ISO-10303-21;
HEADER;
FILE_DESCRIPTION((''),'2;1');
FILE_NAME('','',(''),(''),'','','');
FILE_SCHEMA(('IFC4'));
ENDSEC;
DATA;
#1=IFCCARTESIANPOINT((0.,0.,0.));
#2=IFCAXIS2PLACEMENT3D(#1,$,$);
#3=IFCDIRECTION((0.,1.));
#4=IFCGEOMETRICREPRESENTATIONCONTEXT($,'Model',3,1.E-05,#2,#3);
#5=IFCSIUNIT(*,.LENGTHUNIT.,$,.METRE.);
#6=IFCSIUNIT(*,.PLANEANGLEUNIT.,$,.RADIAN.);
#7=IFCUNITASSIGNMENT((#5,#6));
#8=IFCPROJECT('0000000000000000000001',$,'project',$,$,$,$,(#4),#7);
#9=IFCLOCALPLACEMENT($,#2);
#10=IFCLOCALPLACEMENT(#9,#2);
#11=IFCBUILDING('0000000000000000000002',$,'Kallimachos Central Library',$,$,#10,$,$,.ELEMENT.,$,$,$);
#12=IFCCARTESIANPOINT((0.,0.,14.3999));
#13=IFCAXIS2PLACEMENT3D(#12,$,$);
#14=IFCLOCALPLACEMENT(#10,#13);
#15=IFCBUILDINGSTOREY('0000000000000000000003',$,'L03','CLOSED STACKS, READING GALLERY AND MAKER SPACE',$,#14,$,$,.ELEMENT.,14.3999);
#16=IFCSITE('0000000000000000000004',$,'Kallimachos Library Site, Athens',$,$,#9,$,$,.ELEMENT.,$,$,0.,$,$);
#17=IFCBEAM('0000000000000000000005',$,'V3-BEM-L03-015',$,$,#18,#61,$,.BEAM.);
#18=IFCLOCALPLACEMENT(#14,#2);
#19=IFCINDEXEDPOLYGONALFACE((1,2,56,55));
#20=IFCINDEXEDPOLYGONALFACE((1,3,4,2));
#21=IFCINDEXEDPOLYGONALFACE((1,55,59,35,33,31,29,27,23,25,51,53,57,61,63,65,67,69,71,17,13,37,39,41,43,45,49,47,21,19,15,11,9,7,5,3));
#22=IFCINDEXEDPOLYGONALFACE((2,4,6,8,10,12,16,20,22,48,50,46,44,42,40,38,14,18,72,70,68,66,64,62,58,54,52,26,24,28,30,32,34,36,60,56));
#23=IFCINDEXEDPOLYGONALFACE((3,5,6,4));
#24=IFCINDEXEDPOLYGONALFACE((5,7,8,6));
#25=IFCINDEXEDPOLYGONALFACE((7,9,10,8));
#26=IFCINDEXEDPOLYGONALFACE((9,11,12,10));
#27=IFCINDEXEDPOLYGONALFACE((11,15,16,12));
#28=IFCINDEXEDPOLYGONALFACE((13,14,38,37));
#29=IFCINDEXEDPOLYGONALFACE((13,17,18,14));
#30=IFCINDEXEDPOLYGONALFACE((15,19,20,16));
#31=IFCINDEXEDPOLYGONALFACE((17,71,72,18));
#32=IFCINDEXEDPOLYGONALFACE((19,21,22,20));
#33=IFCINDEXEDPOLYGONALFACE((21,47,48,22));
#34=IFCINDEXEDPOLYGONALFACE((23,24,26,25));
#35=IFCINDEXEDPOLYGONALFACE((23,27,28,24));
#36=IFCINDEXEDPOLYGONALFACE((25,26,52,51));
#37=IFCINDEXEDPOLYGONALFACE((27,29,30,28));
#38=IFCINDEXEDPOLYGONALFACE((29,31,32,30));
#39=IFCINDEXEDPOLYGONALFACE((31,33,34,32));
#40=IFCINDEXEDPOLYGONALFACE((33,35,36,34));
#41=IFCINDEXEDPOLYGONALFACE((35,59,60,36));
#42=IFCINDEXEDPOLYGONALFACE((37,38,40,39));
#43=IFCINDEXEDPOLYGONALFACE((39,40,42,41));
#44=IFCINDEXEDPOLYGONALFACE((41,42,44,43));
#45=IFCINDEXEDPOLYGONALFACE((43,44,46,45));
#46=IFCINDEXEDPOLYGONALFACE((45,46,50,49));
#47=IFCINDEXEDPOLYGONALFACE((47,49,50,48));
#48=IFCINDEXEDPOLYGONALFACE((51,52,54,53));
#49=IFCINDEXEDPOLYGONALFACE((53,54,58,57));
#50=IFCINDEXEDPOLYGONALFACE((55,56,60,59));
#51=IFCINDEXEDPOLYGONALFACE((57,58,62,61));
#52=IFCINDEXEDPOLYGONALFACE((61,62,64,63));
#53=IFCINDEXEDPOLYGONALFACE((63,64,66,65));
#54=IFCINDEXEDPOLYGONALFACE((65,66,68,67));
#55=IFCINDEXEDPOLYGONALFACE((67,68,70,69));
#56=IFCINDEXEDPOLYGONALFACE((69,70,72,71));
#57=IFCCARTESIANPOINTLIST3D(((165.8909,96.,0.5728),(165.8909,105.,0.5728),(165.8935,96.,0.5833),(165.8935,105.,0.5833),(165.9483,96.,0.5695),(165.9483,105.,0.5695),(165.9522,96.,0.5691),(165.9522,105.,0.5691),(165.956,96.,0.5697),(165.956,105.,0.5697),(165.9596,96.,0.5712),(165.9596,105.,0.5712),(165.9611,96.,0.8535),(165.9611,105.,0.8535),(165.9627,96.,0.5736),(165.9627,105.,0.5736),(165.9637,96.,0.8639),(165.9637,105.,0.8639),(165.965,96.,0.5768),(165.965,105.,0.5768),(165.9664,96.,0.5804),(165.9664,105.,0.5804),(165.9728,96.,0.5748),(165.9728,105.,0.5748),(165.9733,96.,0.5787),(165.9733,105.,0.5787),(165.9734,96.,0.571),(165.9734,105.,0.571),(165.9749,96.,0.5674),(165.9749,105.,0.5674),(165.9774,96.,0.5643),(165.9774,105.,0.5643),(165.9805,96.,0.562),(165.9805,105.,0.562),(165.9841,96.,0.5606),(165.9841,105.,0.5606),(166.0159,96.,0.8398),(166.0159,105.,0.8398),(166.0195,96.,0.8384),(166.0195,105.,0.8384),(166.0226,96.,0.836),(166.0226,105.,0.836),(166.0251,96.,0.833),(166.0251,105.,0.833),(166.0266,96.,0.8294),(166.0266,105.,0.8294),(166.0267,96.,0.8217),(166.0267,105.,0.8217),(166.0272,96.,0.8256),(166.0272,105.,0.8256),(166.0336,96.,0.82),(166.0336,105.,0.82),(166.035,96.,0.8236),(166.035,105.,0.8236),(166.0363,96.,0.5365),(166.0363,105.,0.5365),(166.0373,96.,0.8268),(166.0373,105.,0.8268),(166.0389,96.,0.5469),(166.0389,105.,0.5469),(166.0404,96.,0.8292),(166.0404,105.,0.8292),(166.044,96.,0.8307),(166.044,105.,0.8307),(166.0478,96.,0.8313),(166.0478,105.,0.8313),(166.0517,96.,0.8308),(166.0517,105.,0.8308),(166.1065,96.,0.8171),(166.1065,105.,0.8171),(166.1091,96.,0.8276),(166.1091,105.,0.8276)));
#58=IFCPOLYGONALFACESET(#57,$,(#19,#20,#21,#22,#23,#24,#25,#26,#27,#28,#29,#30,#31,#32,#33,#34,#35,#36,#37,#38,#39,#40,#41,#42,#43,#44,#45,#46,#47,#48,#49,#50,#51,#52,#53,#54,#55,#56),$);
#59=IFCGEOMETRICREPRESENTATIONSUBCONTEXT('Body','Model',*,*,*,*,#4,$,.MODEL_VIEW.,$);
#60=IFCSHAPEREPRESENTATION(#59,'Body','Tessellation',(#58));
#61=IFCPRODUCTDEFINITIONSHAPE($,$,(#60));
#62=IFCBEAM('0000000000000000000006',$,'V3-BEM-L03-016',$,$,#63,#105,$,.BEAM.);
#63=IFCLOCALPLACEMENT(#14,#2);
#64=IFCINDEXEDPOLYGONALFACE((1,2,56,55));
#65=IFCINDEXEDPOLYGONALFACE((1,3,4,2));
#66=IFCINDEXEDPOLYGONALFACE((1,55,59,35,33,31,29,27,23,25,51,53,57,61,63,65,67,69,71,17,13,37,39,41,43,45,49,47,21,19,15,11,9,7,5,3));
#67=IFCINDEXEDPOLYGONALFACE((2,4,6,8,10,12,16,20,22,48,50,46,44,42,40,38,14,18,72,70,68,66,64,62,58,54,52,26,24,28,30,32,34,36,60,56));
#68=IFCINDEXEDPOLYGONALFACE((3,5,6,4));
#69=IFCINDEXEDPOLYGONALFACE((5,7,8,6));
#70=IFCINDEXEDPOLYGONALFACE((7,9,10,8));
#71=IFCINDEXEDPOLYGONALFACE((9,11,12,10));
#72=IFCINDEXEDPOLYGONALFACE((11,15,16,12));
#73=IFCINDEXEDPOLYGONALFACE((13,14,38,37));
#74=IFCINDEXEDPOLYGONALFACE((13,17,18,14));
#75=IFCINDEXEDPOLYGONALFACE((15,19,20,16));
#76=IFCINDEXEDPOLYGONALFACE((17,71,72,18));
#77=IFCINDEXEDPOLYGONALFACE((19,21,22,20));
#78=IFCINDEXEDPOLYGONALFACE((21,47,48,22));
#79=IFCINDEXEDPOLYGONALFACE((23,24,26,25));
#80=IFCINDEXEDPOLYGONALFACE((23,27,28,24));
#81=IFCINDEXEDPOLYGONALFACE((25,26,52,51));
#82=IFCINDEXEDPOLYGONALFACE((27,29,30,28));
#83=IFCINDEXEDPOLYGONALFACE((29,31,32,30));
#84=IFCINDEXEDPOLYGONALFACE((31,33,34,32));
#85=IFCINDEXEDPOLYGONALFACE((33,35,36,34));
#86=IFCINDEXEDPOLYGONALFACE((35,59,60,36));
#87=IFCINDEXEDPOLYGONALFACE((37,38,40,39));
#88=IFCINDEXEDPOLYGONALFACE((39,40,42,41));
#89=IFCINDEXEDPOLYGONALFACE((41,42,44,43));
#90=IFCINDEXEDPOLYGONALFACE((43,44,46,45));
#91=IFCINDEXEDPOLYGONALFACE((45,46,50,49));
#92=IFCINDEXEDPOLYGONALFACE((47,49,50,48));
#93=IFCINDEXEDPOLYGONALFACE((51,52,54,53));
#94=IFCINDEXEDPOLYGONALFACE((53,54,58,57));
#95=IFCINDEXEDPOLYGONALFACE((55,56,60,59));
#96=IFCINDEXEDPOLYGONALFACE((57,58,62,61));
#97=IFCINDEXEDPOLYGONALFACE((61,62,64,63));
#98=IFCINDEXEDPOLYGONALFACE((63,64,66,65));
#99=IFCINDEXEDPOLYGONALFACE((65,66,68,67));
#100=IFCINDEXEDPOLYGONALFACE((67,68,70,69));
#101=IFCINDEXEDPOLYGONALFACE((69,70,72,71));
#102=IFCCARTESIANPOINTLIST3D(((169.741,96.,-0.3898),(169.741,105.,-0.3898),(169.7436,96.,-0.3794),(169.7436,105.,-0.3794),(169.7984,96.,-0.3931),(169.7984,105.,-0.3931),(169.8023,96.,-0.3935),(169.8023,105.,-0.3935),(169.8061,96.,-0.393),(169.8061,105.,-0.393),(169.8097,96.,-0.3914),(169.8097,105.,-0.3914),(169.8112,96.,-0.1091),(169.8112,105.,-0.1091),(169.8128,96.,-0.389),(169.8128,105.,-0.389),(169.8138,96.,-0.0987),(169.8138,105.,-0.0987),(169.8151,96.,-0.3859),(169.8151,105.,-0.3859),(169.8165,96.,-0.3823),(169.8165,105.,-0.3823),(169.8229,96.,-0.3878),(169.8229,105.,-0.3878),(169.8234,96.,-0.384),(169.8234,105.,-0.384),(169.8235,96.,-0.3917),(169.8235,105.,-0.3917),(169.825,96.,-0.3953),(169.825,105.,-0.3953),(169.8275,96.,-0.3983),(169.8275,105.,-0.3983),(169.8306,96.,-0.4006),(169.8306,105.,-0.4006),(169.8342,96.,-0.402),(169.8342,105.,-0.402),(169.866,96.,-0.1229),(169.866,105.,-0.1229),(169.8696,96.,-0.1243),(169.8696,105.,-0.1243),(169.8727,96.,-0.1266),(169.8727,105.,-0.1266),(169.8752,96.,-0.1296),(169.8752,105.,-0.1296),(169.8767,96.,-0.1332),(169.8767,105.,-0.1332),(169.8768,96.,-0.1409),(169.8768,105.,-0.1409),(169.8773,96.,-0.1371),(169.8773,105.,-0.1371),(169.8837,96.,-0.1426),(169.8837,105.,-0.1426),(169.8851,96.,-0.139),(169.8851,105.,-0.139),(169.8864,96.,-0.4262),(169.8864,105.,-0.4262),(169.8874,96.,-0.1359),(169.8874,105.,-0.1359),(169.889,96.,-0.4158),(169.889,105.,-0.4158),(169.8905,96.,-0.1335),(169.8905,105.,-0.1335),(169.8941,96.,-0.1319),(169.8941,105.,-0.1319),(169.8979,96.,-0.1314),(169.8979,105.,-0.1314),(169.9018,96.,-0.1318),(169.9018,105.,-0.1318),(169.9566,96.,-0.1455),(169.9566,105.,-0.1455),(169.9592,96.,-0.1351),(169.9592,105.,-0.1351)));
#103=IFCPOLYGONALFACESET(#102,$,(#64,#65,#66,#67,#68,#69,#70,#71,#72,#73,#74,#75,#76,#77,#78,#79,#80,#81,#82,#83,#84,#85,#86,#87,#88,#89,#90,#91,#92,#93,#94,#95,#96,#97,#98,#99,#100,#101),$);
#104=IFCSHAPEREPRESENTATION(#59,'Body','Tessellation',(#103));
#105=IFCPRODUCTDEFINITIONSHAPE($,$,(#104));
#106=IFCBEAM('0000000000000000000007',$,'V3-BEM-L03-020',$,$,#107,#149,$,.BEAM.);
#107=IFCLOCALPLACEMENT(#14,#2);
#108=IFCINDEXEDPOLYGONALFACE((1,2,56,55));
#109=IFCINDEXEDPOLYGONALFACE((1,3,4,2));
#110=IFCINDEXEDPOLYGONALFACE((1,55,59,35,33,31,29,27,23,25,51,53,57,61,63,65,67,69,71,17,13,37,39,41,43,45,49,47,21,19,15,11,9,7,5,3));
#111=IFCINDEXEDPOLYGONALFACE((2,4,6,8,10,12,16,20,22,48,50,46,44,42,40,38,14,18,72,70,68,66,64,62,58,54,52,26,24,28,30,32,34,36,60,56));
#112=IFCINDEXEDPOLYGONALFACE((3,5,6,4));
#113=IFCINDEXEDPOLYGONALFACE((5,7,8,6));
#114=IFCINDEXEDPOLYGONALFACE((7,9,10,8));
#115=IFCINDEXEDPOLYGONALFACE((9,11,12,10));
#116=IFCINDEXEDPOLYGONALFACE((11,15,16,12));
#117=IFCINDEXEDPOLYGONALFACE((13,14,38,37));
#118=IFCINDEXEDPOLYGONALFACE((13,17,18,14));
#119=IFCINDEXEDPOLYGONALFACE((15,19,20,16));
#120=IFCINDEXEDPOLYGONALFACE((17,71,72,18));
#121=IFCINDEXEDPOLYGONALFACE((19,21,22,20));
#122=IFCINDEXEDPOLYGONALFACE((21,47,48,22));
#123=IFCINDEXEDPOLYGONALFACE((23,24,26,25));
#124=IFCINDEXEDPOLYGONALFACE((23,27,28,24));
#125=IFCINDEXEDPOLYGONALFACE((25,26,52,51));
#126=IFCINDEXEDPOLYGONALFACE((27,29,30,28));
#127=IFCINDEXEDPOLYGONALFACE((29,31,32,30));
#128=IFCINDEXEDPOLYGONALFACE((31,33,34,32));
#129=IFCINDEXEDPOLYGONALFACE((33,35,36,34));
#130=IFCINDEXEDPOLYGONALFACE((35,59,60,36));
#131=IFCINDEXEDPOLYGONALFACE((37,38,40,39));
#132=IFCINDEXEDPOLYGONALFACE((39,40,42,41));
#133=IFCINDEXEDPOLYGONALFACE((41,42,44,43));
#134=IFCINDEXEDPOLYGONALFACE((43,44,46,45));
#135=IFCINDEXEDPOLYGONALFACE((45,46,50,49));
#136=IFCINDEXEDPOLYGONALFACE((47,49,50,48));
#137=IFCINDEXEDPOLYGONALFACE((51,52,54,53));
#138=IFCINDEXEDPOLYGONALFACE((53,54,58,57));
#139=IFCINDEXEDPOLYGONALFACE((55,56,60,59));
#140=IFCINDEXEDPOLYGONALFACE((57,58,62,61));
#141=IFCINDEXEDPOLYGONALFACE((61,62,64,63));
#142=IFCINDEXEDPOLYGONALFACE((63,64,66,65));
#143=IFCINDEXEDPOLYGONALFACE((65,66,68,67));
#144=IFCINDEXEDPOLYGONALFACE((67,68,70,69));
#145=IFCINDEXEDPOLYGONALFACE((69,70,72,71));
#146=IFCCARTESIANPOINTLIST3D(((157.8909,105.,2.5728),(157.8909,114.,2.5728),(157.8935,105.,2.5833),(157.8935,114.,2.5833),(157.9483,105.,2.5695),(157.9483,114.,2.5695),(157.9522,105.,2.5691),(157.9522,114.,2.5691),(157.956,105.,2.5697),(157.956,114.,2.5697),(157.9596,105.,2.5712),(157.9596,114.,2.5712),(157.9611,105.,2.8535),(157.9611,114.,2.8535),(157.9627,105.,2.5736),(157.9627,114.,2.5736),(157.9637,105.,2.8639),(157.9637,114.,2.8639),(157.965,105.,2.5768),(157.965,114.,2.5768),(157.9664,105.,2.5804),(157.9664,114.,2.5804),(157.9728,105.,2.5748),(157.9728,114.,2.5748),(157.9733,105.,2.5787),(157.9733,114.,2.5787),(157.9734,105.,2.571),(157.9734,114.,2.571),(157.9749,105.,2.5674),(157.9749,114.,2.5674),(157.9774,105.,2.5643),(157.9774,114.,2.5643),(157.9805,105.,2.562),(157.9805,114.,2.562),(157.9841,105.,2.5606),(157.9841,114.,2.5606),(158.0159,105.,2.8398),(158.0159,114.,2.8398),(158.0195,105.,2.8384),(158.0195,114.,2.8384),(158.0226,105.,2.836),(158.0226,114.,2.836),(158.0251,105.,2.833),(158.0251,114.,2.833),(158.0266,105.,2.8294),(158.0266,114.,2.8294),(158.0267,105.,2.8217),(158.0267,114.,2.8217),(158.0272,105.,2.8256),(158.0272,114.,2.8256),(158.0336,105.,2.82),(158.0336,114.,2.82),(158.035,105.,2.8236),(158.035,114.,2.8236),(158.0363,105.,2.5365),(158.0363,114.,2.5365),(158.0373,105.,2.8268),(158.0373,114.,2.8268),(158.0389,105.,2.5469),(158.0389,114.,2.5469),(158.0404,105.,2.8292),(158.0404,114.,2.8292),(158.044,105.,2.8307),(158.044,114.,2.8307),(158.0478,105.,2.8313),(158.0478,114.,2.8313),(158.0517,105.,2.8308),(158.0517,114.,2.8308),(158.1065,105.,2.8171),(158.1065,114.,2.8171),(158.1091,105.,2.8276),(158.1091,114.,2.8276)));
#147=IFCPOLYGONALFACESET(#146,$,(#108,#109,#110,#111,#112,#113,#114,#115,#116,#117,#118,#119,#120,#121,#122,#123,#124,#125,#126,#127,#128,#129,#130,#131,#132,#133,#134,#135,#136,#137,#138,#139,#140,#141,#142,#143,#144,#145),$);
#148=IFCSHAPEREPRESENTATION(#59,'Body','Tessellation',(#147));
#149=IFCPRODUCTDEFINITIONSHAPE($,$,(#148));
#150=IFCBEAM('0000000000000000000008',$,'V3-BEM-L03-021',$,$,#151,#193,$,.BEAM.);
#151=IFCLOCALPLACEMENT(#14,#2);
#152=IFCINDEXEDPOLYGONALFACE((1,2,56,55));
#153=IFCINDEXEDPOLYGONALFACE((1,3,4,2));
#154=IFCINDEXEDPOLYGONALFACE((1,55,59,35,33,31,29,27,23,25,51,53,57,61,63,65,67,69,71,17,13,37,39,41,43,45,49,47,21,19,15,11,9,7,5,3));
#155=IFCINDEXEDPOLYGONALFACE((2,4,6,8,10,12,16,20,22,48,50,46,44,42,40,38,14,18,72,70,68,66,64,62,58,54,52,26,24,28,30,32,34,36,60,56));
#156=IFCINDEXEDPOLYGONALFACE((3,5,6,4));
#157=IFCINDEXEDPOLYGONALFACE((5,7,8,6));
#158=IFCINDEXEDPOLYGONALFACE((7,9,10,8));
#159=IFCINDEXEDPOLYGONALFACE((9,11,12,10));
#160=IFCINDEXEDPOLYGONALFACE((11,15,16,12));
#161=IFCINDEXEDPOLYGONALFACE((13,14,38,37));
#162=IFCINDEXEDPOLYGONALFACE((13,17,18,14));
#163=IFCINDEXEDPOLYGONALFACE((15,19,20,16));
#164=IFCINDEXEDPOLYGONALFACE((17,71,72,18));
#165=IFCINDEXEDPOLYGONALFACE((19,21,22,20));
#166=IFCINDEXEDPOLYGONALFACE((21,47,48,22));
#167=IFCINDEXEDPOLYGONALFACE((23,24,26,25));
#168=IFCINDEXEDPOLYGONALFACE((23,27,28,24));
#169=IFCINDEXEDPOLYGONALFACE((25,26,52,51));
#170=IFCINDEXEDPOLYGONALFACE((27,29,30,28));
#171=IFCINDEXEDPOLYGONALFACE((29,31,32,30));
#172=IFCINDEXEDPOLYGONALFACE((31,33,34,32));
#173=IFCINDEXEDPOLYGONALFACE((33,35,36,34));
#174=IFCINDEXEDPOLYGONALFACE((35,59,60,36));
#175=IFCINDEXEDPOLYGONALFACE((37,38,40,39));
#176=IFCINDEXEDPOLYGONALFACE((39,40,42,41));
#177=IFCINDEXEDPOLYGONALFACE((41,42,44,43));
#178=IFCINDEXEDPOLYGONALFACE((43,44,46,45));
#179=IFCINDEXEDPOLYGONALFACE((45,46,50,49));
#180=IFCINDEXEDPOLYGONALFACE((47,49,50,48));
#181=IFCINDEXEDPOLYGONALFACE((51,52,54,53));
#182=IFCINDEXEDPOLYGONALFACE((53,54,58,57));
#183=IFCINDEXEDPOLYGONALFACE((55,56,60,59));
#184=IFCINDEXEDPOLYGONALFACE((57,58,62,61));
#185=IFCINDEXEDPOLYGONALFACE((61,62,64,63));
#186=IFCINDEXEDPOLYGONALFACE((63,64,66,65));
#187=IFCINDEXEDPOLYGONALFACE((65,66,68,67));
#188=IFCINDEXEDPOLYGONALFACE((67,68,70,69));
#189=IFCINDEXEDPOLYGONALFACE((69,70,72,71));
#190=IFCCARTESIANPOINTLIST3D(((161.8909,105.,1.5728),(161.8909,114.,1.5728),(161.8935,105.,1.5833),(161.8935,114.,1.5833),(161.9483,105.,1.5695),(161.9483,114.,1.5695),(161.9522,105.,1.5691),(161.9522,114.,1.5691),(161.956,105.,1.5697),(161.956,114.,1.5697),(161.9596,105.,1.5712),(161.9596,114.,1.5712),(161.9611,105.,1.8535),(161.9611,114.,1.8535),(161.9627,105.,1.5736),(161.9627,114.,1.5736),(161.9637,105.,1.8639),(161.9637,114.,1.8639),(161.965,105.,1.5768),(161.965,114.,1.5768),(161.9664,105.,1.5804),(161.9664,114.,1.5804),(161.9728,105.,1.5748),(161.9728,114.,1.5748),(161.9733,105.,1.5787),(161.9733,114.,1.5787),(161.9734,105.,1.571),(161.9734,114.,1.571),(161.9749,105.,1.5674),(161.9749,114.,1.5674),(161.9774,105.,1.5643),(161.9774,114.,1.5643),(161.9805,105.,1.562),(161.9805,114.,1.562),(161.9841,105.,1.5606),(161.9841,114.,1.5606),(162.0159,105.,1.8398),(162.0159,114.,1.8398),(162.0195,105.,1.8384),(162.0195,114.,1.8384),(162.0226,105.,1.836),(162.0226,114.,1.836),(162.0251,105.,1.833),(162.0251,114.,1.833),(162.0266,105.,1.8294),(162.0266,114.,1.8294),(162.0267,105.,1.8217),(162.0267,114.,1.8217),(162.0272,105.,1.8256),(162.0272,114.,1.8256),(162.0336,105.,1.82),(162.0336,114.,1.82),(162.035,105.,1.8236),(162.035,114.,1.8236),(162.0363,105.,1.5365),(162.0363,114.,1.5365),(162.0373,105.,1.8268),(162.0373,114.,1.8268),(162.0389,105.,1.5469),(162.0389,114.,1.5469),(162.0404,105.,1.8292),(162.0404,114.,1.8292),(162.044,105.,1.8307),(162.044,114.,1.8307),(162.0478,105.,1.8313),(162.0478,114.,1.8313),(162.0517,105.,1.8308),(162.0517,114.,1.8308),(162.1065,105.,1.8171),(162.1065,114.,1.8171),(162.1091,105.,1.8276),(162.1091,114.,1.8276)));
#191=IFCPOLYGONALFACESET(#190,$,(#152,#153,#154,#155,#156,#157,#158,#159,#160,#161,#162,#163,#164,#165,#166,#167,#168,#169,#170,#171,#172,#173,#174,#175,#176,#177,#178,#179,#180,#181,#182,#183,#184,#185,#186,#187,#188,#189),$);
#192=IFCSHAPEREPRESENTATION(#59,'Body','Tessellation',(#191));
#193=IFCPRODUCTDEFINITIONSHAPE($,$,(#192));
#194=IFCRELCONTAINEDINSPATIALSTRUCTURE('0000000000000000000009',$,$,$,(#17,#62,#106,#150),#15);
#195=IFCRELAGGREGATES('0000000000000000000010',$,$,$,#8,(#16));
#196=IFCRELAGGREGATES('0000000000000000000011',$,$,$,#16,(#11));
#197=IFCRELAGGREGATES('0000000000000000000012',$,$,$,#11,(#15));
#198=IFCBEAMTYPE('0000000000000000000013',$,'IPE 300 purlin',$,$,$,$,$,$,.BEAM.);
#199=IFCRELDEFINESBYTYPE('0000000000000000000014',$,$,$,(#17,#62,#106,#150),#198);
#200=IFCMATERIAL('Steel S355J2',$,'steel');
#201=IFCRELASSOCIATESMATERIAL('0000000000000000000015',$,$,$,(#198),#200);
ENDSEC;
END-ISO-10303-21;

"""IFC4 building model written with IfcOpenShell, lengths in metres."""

from ifc_helpers import new_model, si_unit, direction, frame, origin, origin_2d, place, context, subcontext, project, spatial, i_section, extrude, material, material_profile, profile_set, type_object, element, save


model = new_model("IFC4")

# Units and contexts
model_context = context("Model", 3, precision=1e-05, world=origin(), true_north=direction((0.0, 1.0)))
body_context = subcontext(model_context, "Body", "Model", "MODEL_VIEW")
ifc_project = project(units=[si_unit("LENGTHUNIT", "METRE"), si_unit("PLANEANGLEUNIT", "RADIAN")], contexts=[model_context])

# Site, building, storey
site_placement = place(None, origin())
site = spatial("IfcSite", under=ifc_project, at=site_placement, Name="Kallimachos Library Site, Athens", CompositionType="ELEMENT", RefElevation=0.0)
building_placement = place(site_placement, origin())
building = spatial("IfcBuilding", under=site, at=building_placement, Name="Kallimachos Central Library", CompositionType="ELEMENT")
storey_placement = place(building_placement, frame((0.0, 0.0, 14.3999)))
storey = spatial("IfcBuildingStorey", under=building, at=storey_placement, Name="L03", Description="CLOSED STACKS, READING GALLERY AND MAKER SPACE", CompositionType="ELEMENT", Elevation=14.3999)

# Beams
ifc_material_1 = material(Name="Steel S355J2", Category="steel")
ifc_material_profile_1 = material_profile(ifc_material_1, i_section(OverallWidth=0.1499, OverallDepth=0.3, WebThickness=0.0071, FlangeThickness=0.0107, FilletRadius=0.0149, at=origin_2d()), Name="IPE 300")
ifc_profile_set_1 = profile_set([ifc_material_profile_1], Name="Steel S355J2")
beam_type = type_object("IfcBeamType", Name="IPE 300 purlin", PredefinedType="BEAM", material=ifc_profile_set_1)
for number, where, z_axis, x_axis, name in (
    (1, (166.0, 96.0, 0.7002), (0.0, 1.0, 0.0), (-0.970143, 0.0, 0.242536), "V3-BEM-L03-015"),
    (2, (169.8501, 96.0, -0.2625), (0.0, 1.0, 0.0), (-0.970143, 0.0, 0.242536), "V3-BEM-L03-016"),
    (3, (158.0, 105.0, 2.7002), (0.0, 1.0, 0.0), (-0.970143, 0.0, 0.242536), "V3-BEM-L03-020"),
    (4, (162.0, 105.0, 1.7002), (0.0, 1.0, 0.0), (-0.970143, 0.0, 0.242536), "V3-BEM-L03-021"),
):
    element("IfcBeam", number, at=place(storey_placement, frame(where, z_axis=z_axis, x_axis=x_axis)), inside=storey, type_object=beam_type, Name=name, PredefinedType="BEAM", context=body_context, shape_type="SweptSolid", body=[
        extrude(i_section(OverallWidth=0.1499, OverallDepth=0.3, WebThickness=0.0071, FlangeThickness=0.0107, FilletRadius=0.0149, at=origin_2d()), origin(), (0.0, 0.0, 1.0), 9.0),
    ])

save(model, "model.ifc")
